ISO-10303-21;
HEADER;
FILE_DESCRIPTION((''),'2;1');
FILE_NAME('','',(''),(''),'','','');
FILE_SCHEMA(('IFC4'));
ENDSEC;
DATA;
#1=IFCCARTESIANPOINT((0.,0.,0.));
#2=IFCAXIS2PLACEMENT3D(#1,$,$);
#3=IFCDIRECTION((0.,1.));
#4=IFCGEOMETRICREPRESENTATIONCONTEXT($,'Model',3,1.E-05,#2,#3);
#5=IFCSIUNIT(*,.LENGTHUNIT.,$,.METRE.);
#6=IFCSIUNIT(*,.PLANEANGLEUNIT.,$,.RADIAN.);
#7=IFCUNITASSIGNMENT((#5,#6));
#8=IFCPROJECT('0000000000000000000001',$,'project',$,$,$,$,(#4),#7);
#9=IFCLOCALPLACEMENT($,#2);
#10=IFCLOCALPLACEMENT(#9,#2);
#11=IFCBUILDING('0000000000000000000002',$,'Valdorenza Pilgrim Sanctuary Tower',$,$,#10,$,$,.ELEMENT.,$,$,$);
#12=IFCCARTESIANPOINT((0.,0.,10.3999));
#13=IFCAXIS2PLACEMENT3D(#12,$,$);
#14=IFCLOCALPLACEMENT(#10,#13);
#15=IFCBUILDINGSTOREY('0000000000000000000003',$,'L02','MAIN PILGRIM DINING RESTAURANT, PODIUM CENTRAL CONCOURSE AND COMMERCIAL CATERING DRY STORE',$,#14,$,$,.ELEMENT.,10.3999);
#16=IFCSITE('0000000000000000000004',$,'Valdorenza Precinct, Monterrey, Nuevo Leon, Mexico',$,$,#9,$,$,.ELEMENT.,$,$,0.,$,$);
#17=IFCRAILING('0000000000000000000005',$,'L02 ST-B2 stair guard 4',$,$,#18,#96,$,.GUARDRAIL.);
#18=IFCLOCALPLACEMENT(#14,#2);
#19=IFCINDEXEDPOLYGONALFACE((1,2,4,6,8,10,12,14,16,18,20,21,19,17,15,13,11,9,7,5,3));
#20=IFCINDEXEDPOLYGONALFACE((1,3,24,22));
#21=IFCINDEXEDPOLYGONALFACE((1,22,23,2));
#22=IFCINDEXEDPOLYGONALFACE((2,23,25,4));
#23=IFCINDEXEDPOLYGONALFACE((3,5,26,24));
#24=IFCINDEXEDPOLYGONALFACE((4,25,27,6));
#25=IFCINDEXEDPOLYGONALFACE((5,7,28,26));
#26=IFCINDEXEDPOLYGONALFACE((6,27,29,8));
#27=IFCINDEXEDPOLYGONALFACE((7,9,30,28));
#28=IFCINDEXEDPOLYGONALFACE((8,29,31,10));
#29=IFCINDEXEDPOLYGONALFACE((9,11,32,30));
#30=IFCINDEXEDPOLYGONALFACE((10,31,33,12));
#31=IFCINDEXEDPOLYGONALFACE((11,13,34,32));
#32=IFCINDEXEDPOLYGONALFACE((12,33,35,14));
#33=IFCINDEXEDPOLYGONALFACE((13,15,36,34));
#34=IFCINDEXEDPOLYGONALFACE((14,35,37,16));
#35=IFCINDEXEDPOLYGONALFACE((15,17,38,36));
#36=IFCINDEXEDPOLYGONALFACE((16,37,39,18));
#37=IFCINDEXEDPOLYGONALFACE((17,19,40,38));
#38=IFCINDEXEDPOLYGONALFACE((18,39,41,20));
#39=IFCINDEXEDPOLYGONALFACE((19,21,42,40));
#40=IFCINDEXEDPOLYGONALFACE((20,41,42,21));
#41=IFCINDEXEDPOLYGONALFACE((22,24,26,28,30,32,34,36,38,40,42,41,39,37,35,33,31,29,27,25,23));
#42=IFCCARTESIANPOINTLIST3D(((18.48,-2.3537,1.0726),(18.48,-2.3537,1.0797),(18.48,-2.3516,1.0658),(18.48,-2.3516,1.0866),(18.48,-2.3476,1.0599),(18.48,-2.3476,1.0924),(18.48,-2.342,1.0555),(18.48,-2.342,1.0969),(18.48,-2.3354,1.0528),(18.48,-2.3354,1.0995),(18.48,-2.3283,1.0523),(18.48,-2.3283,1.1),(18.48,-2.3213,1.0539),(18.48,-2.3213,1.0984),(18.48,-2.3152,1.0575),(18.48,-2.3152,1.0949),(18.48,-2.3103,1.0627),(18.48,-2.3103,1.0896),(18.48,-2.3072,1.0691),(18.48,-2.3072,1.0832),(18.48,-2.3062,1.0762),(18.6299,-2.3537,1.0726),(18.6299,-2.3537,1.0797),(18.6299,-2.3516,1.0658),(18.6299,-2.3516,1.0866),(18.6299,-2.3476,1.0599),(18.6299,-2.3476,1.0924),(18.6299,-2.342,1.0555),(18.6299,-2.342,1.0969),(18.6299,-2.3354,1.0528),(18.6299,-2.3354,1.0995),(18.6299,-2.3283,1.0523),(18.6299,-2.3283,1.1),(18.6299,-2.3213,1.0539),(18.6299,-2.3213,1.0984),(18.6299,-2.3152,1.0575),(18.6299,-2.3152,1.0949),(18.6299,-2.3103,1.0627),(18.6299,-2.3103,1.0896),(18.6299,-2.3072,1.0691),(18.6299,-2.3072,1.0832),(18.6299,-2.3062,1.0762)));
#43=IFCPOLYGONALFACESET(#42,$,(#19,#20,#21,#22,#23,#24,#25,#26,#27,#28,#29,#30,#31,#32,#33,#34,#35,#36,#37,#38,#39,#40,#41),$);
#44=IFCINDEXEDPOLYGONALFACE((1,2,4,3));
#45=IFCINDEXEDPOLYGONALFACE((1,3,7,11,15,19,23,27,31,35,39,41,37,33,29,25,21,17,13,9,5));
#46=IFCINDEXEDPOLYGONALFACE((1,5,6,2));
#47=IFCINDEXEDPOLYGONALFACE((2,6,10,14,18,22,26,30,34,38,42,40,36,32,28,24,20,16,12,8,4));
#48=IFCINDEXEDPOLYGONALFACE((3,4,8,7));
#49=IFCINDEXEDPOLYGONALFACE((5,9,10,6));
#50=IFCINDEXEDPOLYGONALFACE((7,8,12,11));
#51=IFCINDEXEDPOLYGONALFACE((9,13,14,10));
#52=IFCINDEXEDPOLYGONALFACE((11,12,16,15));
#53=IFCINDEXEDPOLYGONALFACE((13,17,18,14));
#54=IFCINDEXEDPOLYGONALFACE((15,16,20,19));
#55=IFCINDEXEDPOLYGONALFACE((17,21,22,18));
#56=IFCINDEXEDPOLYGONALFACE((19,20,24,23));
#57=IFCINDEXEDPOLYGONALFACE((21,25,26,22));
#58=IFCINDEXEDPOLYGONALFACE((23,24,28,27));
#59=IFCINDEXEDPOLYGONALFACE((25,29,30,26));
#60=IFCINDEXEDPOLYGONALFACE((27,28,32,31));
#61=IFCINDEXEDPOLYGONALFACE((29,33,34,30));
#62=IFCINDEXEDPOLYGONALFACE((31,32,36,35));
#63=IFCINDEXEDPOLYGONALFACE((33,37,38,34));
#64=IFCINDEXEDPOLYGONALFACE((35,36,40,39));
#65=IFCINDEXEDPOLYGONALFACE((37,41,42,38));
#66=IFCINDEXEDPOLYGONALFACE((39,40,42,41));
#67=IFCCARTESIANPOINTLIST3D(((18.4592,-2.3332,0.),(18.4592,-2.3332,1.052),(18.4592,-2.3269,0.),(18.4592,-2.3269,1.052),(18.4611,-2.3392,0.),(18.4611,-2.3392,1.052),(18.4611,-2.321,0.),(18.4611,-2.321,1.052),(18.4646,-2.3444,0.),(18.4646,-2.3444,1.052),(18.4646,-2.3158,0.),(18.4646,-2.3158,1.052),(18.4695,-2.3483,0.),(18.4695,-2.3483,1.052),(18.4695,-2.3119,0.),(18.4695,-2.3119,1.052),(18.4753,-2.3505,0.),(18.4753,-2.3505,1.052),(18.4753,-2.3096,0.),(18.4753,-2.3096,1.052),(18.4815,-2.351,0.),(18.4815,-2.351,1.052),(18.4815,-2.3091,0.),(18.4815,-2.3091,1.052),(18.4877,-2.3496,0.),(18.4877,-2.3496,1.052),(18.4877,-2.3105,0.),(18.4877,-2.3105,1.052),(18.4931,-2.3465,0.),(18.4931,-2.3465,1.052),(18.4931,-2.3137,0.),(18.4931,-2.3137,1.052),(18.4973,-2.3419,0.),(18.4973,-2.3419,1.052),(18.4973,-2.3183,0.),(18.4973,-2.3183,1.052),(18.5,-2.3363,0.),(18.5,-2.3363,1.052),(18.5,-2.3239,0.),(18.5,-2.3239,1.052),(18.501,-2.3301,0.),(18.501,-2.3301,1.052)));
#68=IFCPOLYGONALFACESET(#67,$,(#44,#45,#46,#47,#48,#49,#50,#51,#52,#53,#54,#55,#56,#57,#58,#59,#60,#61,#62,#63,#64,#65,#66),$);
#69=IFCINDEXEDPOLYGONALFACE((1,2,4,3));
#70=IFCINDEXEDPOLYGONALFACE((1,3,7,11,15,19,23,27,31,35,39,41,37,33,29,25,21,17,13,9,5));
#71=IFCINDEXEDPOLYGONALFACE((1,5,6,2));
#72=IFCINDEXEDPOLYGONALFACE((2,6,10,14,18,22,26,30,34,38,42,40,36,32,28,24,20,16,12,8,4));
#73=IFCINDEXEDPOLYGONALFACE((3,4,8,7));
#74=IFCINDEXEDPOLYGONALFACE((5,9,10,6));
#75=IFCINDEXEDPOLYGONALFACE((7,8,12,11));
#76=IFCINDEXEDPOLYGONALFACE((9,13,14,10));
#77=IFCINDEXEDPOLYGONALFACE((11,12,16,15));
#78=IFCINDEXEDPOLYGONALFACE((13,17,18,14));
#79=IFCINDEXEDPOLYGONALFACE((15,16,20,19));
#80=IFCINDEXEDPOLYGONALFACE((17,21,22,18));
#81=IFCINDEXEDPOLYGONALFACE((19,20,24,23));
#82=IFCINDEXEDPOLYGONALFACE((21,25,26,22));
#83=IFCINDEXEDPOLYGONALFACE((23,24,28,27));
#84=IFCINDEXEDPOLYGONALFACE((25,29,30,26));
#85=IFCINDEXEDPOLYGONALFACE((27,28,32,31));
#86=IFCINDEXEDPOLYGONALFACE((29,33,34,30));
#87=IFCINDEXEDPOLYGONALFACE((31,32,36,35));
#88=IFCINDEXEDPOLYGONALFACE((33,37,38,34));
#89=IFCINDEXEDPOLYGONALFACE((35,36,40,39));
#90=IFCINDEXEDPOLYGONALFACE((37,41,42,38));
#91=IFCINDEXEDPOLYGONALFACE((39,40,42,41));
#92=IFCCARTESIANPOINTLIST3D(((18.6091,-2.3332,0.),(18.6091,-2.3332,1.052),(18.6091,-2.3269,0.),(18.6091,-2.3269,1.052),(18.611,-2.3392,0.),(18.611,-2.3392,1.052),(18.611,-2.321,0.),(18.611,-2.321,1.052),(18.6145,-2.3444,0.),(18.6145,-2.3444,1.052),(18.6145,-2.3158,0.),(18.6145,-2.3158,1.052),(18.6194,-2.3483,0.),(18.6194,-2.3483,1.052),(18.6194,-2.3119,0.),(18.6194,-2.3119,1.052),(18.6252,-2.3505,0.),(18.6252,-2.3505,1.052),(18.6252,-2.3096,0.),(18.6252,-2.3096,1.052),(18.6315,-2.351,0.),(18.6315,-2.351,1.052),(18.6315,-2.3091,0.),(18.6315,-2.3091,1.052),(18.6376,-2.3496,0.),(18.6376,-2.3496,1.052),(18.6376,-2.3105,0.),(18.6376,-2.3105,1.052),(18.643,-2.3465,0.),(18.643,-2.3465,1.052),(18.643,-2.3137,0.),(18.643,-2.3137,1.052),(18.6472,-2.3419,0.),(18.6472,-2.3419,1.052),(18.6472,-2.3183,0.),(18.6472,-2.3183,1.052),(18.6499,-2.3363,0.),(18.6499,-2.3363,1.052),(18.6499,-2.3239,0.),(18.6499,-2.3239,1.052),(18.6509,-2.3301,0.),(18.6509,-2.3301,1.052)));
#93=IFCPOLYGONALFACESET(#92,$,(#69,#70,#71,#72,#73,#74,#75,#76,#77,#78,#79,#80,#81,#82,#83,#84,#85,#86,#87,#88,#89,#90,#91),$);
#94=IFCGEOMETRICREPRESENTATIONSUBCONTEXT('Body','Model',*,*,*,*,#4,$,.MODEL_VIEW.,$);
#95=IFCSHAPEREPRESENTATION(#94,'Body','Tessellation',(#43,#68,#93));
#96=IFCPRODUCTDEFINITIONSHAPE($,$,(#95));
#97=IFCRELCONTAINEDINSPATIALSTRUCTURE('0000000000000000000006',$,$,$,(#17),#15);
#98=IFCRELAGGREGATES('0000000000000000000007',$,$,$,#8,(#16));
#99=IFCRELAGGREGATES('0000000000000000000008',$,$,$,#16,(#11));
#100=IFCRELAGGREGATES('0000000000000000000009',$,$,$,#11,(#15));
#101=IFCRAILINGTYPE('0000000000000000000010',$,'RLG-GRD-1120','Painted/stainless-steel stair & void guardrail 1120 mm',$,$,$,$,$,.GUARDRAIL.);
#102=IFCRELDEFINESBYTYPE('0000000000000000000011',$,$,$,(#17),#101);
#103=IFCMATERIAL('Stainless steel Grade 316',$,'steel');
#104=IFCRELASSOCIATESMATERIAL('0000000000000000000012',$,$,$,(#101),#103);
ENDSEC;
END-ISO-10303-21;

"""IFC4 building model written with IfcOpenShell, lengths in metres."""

from ifc_helpers import new_model, si_unit, direction, frame, origin, origin_2d, place, context, subcontext, project, spatial, circle, extrude, material, type_object, element, save


model = new_model("IFC4")

# Units and contexts
model_context = context("Model", 3, precision=1e-05, world=origin(), true_north=direction((0.0, 1.0)))
body_context = subcontext(model_context, "Body", "Model", "MODEL_VIEW")
ifc_project = project(units=[si_unit("LENGTHUNIT", "METRE"), si_unit("PLANEANGLEUNIT", "RADIAN")], contexts=[model_context])

# Site, building, storey
site_placement = place(None, origin())
site = spatial("IfcSite", under=ifc_project, at=site_placement, Name="Valdorenza Precinct, Monterrey, Nuevo Leon, Mexico", CompositionType="ELEMENT", RefElevation=0.0)
building_placement = place(site_placement, origin())
building = spatial("IfcBuilding", under=site, at=building_placement, Name="Valdorenza Pilgrim Sanctuary Tower", CompositionType="ELEMENT")
storey_placement = place(building_placement, frame((0.0, 0.0, 10.3999)))
storey = spatial("IfcBuildingStorey", under=building, at=storey_placement, Name="L02", Description="MAIN PILGRIM DINING RESTAURANT, PODIUM CENTRAL CONCOURSE AND COMMERCIAL CATERING DRY STORE", CompositionType="ELEMENT", Elevation=10.3999)

# Railing
ifc_material_1 = material(Name="Stainless steel Grade 316", Category="steel")
railing_type = type_object("IfcRailingType", Name="RLG-GRD-1120", Description="Painted/stainless-steel stair & void guardrail 1120 mm", PredefinedType="GUARDRAIL", material=ifc_material_1)
railing_1_placement = place(storey_placement, frame((18.48, -2.3301, 0.0)))
element("IfcRailing", 1, at=railing_1_placement, inside=storey, type_object=railing_type, Name="L02 ST-B2 stair guard 4", PredefinedType="GUARDRAIL", context=body_context, shape_type="SweptSolid", body=[
    extrude(circle(Radius=0.0239, at=origin_2d()), frame((0.0, 0.0, 1.0762), z_axis=(1.0, 0.0, 0.0), x_axis=(0.0, 1.0, 0.0)), (0.0, 0.0, 1.0), 0.1499),
    extrude(circle(Radius=0.021, at=origin_2d()), origin(), (0.0, 0.0, 1.0), 1.052),
    extrude(circle(Radius=0.021, at=origin_2d()), frame((0.1499, 0.0, 0.0)), (0.0, 0.0, 1.0), 1.052),
])

save(model, "model.ifc")
